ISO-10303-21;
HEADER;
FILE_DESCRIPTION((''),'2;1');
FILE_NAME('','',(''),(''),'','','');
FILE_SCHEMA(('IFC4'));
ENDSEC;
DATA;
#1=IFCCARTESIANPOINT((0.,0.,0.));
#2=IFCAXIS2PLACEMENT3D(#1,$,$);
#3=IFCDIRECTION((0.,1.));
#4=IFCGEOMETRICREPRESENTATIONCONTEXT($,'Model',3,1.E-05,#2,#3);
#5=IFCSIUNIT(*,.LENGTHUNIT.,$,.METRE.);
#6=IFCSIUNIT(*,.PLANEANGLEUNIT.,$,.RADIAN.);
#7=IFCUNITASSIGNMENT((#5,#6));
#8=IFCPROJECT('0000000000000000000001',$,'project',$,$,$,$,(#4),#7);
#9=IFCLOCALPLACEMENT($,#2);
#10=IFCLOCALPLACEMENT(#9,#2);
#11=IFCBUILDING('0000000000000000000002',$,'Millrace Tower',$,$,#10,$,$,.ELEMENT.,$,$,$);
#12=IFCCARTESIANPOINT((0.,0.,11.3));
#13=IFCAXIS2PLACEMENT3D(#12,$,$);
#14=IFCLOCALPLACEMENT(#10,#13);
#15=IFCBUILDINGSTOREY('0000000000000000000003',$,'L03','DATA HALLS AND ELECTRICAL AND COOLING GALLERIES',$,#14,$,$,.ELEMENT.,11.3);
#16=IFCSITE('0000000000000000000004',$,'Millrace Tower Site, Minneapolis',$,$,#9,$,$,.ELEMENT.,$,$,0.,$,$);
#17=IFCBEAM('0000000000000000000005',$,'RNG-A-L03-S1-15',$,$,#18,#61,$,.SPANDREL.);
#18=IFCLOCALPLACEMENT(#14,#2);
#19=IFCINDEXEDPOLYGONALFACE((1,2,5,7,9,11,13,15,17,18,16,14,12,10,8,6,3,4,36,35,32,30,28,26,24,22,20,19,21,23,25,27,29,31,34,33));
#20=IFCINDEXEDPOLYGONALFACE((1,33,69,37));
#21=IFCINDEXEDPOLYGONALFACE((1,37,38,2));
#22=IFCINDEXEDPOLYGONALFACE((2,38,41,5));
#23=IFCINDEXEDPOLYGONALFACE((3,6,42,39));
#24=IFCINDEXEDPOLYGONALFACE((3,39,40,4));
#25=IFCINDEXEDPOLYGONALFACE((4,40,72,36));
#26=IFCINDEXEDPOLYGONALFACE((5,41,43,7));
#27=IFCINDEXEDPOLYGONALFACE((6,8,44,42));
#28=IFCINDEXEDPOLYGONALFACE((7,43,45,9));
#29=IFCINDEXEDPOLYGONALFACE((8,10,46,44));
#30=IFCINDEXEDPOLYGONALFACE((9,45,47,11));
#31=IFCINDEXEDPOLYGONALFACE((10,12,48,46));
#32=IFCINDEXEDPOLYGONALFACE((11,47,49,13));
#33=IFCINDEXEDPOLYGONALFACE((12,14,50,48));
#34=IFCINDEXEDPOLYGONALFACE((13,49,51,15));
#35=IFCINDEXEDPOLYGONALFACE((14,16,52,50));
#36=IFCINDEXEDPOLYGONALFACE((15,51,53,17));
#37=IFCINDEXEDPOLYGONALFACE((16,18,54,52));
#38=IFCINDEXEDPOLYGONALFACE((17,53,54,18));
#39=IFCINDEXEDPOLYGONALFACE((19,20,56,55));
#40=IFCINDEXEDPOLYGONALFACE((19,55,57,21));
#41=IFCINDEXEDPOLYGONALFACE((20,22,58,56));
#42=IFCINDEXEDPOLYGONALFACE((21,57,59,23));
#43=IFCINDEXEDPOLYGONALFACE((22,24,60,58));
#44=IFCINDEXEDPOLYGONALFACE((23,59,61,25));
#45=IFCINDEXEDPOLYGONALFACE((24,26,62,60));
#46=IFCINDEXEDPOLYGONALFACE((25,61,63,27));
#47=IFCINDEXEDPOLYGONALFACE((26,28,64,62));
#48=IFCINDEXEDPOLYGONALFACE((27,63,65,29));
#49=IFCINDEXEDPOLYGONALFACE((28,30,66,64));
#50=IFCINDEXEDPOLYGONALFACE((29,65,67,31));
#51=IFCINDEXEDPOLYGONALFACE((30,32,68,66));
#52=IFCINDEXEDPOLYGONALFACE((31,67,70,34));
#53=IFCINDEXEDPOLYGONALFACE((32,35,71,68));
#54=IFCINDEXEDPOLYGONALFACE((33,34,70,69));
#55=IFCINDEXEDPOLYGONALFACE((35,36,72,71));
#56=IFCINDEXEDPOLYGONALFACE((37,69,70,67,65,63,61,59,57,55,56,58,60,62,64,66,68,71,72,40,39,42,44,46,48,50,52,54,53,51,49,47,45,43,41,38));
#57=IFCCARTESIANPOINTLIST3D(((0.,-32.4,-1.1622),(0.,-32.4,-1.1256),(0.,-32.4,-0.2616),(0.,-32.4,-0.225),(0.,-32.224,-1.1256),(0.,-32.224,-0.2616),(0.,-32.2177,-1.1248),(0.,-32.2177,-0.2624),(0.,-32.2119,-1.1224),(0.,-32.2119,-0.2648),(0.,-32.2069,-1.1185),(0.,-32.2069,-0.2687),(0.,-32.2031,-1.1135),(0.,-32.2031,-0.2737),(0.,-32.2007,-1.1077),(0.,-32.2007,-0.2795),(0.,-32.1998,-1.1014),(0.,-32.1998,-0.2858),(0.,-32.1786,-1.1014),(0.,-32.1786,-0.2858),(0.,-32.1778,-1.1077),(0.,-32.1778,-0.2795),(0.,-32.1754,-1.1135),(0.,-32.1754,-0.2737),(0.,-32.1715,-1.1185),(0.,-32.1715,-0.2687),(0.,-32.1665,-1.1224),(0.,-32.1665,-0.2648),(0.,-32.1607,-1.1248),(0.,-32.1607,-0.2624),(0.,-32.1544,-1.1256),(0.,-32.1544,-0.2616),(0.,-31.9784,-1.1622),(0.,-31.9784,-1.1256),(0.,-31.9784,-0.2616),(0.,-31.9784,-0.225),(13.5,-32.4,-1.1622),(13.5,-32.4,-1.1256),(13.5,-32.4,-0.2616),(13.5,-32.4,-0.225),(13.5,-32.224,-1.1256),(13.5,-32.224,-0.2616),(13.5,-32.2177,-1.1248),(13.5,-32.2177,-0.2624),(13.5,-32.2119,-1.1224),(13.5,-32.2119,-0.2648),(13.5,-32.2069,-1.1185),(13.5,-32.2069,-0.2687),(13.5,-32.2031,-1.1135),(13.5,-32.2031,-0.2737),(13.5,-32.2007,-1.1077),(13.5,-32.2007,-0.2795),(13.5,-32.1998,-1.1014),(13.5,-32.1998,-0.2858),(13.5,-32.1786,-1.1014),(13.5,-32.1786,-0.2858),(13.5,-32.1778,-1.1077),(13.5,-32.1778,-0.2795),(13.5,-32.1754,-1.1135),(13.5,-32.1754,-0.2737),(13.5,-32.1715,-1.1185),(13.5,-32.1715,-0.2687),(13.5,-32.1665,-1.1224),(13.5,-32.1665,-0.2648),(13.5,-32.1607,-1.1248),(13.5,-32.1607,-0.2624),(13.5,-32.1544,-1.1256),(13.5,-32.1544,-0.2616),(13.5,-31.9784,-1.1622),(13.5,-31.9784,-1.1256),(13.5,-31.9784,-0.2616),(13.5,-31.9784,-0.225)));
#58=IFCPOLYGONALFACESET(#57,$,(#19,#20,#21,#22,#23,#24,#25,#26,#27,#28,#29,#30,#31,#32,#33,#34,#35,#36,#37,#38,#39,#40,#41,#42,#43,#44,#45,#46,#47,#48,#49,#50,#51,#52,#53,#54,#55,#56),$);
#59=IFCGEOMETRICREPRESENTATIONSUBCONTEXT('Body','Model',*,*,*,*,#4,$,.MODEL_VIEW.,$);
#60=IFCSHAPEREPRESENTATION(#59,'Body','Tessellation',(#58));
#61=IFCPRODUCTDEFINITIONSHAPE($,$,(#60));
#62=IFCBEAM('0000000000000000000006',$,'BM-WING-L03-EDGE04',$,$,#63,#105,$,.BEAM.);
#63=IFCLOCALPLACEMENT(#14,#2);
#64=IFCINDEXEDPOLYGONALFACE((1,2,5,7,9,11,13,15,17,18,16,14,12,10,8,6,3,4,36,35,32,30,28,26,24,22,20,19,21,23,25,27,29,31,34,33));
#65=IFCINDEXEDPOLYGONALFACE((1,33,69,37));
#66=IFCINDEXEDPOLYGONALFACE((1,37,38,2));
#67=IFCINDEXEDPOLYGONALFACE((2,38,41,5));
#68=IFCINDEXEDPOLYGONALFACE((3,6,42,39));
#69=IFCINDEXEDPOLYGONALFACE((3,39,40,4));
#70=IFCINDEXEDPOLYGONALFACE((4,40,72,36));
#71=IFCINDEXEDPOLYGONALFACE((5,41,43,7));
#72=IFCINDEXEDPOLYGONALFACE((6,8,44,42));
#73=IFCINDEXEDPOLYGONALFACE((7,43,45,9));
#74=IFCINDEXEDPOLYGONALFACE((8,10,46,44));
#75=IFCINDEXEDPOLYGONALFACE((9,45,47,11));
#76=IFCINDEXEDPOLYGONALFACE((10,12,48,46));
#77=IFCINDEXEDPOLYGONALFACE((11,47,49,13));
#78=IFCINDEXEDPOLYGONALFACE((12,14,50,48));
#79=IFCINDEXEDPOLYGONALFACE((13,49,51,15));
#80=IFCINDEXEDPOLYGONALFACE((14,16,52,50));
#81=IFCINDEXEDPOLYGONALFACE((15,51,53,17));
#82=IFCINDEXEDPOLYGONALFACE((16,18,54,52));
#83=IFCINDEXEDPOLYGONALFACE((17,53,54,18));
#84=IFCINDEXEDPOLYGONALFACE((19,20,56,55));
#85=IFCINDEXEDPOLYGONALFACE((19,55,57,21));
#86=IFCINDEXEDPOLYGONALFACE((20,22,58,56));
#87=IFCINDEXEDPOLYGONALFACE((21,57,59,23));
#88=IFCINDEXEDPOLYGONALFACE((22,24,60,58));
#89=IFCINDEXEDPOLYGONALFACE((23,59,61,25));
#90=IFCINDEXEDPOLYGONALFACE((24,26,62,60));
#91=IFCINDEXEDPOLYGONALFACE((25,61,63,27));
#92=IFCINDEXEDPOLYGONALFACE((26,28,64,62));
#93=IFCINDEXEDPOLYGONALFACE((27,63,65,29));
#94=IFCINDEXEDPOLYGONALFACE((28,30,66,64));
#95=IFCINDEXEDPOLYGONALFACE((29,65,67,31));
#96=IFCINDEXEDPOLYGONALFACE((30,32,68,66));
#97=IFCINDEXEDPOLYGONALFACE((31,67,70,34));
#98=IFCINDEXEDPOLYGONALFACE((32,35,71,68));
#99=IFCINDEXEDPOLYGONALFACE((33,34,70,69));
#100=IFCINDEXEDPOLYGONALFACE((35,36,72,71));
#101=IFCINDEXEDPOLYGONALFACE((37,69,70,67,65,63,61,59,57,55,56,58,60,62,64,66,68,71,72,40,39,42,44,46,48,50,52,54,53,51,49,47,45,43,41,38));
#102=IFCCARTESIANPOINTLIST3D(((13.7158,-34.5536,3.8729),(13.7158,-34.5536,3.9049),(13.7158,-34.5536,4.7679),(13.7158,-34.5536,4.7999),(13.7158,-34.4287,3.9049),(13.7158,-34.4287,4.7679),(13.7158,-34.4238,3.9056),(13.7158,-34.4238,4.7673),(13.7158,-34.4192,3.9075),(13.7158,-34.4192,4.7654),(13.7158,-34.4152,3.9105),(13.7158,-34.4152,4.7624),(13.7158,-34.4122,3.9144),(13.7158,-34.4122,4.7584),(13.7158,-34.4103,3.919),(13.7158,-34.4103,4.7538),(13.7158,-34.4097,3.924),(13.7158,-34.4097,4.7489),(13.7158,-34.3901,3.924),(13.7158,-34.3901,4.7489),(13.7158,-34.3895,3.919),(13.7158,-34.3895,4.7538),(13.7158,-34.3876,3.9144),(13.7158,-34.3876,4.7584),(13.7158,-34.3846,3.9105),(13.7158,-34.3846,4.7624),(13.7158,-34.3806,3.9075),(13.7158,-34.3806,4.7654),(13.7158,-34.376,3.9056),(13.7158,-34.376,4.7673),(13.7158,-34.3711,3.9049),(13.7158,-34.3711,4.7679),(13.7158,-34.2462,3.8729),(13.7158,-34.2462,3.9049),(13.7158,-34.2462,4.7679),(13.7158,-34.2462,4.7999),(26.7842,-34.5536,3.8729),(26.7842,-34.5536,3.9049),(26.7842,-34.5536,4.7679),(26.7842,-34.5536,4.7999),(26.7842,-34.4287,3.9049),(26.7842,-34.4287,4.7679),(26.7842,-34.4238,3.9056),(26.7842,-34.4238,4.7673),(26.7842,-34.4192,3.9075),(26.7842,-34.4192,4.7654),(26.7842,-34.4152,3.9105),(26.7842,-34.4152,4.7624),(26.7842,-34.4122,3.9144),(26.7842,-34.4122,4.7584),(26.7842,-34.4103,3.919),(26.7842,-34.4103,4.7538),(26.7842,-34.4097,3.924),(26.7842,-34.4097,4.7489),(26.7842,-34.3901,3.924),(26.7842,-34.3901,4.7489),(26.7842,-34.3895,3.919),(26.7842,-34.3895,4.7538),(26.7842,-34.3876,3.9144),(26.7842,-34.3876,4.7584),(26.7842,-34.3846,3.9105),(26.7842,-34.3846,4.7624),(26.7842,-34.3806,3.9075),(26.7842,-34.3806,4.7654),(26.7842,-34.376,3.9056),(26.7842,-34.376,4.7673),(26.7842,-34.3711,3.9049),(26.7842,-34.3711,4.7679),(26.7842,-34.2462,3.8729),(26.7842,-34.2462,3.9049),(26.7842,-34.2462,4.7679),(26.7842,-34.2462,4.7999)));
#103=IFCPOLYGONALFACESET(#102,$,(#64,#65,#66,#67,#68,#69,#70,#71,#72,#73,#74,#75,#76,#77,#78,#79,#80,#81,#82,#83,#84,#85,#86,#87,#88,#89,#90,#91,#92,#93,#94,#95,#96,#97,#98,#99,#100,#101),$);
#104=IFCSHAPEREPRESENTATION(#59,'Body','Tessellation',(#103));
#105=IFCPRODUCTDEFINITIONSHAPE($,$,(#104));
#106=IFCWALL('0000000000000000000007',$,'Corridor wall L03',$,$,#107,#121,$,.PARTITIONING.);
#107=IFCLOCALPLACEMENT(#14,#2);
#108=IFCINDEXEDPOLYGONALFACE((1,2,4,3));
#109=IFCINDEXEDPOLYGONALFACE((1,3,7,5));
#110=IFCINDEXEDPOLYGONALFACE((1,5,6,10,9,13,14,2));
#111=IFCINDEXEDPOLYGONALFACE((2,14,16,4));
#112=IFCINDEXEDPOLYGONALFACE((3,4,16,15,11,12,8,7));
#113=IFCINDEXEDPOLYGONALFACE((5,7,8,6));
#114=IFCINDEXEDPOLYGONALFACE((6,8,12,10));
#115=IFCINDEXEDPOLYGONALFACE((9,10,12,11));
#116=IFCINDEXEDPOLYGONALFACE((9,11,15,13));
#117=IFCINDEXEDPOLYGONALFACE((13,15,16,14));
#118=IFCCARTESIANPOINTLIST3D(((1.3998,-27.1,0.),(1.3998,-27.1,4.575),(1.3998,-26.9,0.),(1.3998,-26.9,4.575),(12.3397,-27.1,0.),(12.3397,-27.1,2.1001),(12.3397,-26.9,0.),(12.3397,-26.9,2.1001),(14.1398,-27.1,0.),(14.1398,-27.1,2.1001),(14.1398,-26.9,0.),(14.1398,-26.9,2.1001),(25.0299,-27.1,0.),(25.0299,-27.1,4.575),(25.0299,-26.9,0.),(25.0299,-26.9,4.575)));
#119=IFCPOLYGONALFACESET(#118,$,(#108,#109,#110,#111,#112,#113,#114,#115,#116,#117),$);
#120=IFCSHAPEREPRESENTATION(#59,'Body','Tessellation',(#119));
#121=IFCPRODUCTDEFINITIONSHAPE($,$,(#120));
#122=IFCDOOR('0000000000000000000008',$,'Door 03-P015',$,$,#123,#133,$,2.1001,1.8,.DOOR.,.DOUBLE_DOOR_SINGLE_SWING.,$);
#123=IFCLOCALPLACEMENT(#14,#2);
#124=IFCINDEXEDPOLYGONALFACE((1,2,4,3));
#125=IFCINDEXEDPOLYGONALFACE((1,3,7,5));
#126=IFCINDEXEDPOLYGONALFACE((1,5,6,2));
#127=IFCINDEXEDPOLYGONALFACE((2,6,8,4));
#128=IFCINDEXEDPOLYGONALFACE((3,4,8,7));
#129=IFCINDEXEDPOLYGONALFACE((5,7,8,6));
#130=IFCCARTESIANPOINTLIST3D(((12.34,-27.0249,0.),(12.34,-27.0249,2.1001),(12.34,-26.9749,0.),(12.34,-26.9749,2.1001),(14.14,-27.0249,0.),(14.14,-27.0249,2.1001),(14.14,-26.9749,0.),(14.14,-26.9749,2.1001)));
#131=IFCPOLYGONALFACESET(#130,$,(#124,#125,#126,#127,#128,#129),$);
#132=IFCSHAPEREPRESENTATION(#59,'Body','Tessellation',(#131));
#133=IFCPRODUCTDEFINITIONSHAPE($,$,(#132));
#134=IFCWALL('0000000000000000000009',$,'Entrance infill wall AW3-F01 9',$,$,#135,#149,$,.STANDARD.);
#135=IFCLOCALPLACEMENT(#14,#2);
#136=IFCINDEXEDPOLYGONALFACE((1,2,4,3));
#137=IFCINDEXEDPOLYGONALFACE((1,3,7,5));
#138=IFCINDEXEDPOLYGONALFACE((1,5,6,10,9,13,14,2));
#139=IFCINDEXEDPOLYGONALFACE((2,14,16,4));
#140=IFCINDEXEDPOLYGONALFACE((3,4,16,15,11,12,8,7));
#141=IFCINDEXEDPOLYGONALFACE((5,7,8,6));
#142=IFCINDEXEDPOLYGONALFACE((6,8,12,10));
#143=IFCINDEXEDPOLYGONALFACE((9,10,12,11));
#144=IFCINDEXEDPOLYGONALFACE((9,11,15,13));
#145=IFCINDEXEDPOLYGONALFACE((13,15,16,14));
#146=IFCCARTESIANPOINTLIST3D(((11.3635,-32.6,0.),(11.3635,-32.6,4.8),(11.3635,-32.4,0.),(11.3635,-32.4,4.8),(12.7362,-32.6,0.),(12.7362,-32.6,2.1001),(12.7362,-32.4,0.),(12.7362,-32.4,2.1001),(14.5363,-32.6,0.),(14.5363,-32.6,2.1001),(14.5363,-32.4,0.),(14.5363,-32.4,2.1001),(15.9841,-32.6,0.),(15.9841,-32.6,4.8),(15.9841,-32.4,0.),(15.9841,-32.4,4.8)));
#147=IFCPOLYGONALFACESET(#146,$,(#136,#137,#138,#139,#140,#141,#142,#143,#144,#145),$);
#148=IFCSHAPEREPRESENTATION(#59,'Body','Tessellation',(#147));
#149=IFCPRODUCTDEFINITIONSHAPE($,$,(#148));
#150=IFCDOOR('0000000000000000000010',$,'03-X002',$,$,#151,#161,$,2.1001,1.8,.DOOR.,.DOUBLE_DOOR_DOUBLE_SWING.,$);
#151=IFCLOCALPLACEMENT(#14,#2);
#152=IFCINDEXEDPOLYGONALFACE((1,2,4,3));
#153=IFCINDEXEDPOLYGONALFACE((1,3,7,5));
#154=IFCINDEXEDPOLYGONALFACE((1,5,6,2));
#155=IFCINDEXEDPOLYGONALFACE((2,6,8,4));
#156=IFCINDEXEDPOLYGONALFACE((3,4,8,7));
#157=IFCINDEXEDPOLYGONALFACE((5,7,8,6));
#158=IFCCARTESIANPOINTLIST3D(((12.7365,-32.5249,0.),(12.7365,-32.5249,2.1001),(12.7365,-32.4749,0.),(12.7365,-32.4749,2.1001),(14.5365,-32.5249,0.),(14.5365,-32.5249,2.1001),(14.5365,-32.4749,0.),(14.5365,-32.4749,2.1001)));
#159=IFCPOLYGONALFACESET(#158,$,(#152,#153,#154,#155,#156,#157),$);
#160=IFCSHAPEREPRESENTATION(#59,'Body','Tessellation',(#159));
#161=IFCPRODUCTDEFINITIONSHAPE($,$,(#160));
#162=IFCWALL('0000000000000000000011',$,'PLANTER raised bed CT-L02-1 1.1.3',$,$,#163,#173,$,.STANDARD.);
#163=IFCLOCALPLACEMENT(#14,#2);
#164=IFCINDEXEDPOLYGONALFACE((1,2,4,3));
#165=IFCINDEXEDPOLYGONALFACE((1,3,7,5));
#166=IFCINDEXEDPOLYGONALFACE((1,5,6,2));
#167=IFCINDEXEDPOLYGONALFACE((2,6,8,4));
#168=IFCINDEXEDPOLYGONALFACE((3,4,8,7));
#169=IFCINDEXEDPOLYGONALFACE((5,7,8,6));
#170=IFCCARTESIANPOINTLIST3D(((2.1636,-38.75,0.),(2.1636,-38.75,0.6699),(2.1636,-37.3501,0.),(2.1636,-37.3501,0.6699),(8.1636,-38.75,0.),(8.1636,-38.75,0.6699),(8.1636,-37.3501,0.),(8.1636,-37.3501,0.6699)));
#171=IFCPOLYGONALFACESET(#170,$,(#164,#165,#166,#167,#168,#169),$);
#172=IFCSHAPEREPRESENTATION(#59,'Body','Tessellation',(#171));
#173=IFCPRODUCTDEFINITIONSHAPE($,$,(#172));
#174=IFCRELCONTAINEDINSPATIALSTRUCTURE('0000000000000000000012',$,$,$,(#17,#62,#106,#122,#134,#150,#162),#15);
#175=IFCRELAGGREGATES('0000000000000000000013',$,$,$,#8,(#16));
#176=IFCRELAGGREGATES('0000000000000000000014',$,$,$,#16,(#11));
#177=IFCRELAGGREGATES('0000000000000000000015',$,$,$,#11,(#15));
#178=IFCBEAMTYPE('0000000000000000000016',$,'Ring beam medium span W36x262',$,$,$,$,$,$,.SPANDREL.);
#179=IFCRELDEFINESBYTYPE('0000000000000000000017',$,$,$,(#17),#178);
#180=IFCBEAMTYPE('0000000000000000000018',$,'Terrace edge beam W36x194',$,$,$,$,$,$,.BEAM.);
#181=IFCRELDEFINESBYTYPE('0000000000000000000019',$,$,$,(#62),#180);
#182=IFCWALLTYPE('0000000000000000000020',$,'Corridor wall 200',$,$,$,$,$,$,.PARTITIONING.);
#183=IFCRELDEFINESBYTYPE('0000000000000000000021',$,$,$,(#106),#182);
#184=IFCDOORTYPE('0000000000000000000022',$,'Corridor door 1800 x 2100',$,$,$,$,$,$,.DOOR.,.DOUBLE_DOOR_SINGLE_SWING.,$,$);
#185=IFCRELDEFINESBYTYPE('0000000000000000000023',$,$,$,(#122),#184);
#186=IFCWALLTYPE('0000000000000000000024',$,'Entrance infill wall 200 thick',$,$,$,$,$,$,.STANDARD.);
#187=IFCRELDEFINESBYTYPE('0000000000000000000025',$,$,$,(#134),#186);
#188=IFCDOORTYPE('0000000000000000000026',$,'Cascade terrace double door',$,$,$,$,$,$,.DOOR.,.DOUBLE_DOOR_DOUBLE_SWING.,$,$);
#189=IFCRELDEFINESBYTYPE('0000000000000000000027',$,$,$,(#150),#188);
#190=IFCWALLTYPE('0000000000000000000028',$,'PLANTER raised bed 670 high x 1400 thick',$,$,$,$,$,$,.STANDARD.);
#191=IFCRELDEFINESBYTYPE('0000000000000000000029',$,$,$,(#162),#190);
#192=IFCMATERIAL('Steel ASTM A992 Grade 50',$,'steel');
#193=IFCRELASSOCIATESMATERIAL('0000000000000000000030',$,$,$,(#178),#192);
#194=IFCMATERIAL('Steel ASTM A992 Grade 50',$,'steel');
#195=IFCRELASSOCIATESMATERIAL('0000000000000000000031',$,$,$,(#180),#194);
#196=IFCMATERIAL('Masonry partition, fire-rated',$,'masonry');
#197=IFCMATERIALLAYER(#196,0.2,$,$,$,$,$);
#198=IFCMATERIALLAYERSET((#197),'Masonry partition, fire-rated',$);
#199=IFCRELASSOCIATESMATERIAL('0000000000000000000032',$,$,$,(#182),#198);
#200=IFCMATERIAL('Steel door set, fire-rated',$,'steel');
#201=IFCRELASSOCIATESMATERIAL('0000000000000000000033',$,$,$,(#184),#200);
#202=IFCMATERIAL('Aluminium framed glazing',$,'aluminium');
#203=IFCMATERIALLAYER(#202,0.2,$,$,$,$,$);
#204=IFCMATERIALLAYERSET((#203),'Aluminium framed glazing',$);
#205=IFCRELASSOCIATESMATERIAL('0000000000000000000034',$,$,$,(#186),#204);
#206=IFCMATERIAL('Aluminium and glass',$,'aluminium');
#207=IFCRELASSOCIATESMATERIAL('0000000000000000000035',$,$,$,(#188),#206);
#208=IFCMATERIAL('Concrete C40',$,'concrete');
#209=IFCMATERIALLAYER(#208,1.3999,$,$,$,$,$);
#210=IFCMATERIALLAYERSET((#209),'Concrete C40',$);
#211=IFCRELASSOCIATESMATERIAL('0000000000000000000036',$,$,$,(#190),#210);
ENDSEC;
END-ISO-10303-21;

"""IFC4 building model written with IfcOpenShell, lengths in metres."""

from ifc_helpers import new_model, si_unit, direction, frame, frame_2d, origin, origin_2d, place, context, subcontext, project, spatial, rectangle, i_section, extrude, material, layer, layer_set, material_profile, profile_set, type_object, element, fill, save


model = new_model("IFC4")

# Units and contexts
model_context = context("Model", 3, precision=1e-05, world=origin(), true_north=direction((0.0, 1.0)))
body_context = subcontext(model_context, "Body", "Model", "MODEL_VIEW")
ifc_project = project(units=[si_unit("LENGTHUNIT", "METRE"), si_unit("PLANEANGLEUNIT", "RADIAN")], contexts=[model_context])

# Site, building, storey
site_placement = place(None, origin())
site = spatial("IfcSite", under=ifc_project, at=site_placement, Name="Millrace Tower Site, Minneapolis", CompositionType="ELEMENT", RefElevation=0.0)
building_placement = place(site_placement, origin())
building = spatial("IfcBuilding", under=site, at=building_placement, Name="Millrace Tower", CompositionType="ELEMENT")
storey_placement = place(building_placement, frame((0.0, 0.0, 11.3)))
storey = spatial("IfcBuildingStorey", under=building, at=storey_placement, Name="L03", Description="DATA HALLS AND ELECTRICAL AND COOLING GALLERIES", CompositionType="ELEMENT", Elevation=11.3)

# Beams
ifc_material_1 = material(Name="Steel ASTM A992 Grade 50", Category="steel")
ifc_material_profile_1 = material_profile(ifc_material_1, i_section(OverallWidth=0.4216, OverallDepth=0.9373, WebThickness=0.0212, FlangeThickness=0.0366, FilletRadius=0.0242, at=origin_2d()))
ifc_profile_set_1 = profile_set([ifc_material_profile_1], Name="Steel ASTM A992 Grade 50")
beam_type_1 = type_object("IfcBeamType", Name="Ring beam medium span W36x262", PredefinedType="SPANDREL", material=ifc_profile_set_1)
beam_1_placement = place(storey_placement, frame((13.5, -32.1892, -0.6936), z_axis=(-1.0, 0.0, 0.0), x_axis=(0.0, -1.0, 0.0)))
element("IfcBeam", 1, at=beam_1_placement, inside=storey, type_object=beam_type_1, Name="RNG-A-L03-S1-15", PredefinedType="SPANDREL", context=body_context, shape_type="SweptSolid", body=[
    extrude(i_section(OverallWidth=0.4216, OverallDepth=0.9373, WebThickness=0.0212, FlangeThickness=0.0366, FilletRadius=0.0242, at=origin_2d()), origin(), (0.0, 0.0, 1.0), 13.5),
])
ifc_material_2 = material(Name="Steel ASTM A992 Grade 50", Category="steel")
ifc_material_profile_2 = material_profile(ifc_material_2, i_section(OverallWidth=0.3074, OverallDepth=0.927, WebThickness=0.0195, FlangeThickness=0.032, FilletRadius=0.019, at=origin_2d()))
ifc_profile_set_2 = profile_set([ifc_material_profile_2], Name="Steel ASTM A992 Grade 50")
beam_type_2 = type_object("IfcBeamType", Name="Terrace edge beam W36x194", PredefinedType="BEAM", material=ifc_profile_set_2)
beam_2_placement = place(storey_placement, frame((13.7158, -34.3999, 4.3364), z_axis=(1.0, 0.0, 0.0), x_axis=(0.0, 1.0, 0.0)))
element("IfcBeam", 2, at=beam_2_placement, inside=storey, type_object=beam_type_2, Name="BM-WING-L03-EDGE04", PredefinedType="BEAM", context=body_context, shape_type="SweptSolid", body=[
    extrude(i_section(OverallWidth=0.3074, OverallDepth=0.927, WebThickness=0.0195, FlangeThickness=0.032, FilletRadius=0.019, at=origin_2d()), origin(), (0.0, 0.0, 1.0), 13.0684),
])

# Walls, openings, doors
ifc_material_3 = material(Name="Masonry partition, fire-rated", Category="masonry")
ifc_layer_1 = layer(ifc_material_3, 0.2)
ifc_layer_set_1 = layer_set([ifc_layer_1], Name="Masonry partition, fire-rated")
wall_type_1 = type_object("IfcWallType", Name="Corridor wall 200", PredefinedType="PARTITIONING", material=ifc_layer_set_1)
wall_1_placement = place(storey_placement, frame((1.3999, -27.0, 0.0), z_axis=(0.0, 0.0, 1.0), x_axis=(1.0, 0.0, 0.0)))
wall_1 = element("IfcWall", 3, at=wall_1_placement, inside=storey, type_object=wall_type_1, Name="Corridor wall L03", PredefinedType="PARTITIONING", context=body_context, shape_type="SweptSolid", body=[
    extrude(rectangle(XDim=23.6301, YDim=0.2, at=frame_2d((11.8149, 0.0))), origin(), (0.0, 0.0, 1.0), 4.575),
])
opening_1_placement = place(wall_1_placement, frame((10.9399, 0.0, 0.0)))
opening_1 = element("IfcOpeningElement", 4, at=opening_1_placement, cuts=wall_1, PredefinedType="OPENING", context=body_context, shape_type="SweptSolid", body=[
    extrude(rectangle(XDim=1.8, YDim=2.1001, at=frame_2d((0.8999, 1.05))), frame((0.0, 0.1099, 0.0), z_axis=(0.0, -1.0, 0.0), x_axis=(1.0, 0.0, 0.0)), (0.0, 0.0, 1.0), 0.22),
])
ifc_material_4 = material(Name="Steel door set, fire-rated", Category="steel")
door_type_1 = type_object("IfcDoorType", Name="Corridor door 1800 x 2100", OperationType="DOUBLE_DOOR_SINGLE_SWING", PredefinedType="DOOR", material=ifc_material_4)
door_1_placement = place(opening_1_placement, frame((1.8, 0.0, 0.0), z_axis=(0.0, 0.0, 1.0), x_axis=(-1.0, 0.0, 0.0)))
door_1 = element("IfcDoor", 5, at=door_1_placement, inside=storey, type_object=door_type_1, Name="Door 03-P015", OperationType="DOUBLE_DOOR_SINGLE_SWING", OverallHeight=2.1001, OverallWidth=1.8, PredefinedType="DOOR", context=body_context, shape_type="SweptSolid", body=[
    extrude(rectangle(XDim=1.8, YDim=2.1001, at=frame_2d((0.8999, 1.05))), frame((0.0, 0.0249, 0.0), z_axis=(0.0, -1.0, 0.0), x_axis=(1.0, 0.0, 0.0)), (0.0, 0.0, 1.0), 0.05),
])
fill(opening_1, door_1)
ifc_material_5 = material(Name="Aluminium framed glazing", Category="aluminium")
ifc_layer_2 = layer(ifc_material_5, 0.2)
ifc_layer_set_2 = layer_set([ifc_layer_2], Name="Aluminium framed glazing")
wall_type_2 = type_object("IfcWallType", Name="Entrance infill wall 200 thick", PredefinedType="STANDARD", material=ifc_layer_set_2)
wall_2_placement = place(storey_placement, frame((11.3635, -32.5, 0.0), z_axis=(0.0, 0.0, 1.0), x_axis=(1.0, 0.0, 0.0)))
wall_2 = element("IfcWall", 6, at=wall_2_placement, inside=storey, type_object=wall_type_2, Name="Entrance infill wall AW3-F01 9", PredefinedType="STANDARD", context=body_context, shape_type="SweptSolid", body=[
    extrude(rectangle(XDim=4.6206, YDim=0.2, at=frame_2d((2.3103, 0.0))), origin(), (0.0, 0.0, 1.0), 4.8),
])
opening_2_placement = place(wall_2_placement, frame((1.3728, 0.0, 0.0)))
opening_2 = element("IfcOpeningElement", 7, at=opening_2_placement, cuts=wall_2, PredefinedType="OPENING", context=body_context, shape_type="SweptSolid", body=[
    extrude(rectangle(XDim=1.8, YDim=2.1001, at=frame_2d((0.8999, 1.05))), frame((0.0, 0.1099, 0.0), z_axis=(0.0, -1.0, 0.0), x_axis=(1.0, 0.0, 0.0)), (0.0, 0.0, 1.0), 0.22),
])
ifc_material_6 = material(Name="Aluminium and glass", Category="aluminium")
door_type_2 = type_object("IfcDoorType", Name="Cascade terrace double door", OperationType="DOUBLE_DOOR_DOUBLE_SWING", PredefinedType="DOOR", material=ifc_material_6)
door_2_placement = place(opening_2_placement, frame((1.8, 0.0, 0.0), z_axis=(0.0, 0.0, 1.0), x_axis=(-1.0, 0.0, 0.0)))
door_2 = element("IfcDoor", 8, at=door_2_placement, inside=storey, type_object=door_type_2, Name="03-X002", OperationType="DOUBLE_DOOR_DOUBLE_SWING", OverallHeight=2.1001, OverallWidth=1.8, PredefinedType="DOOR", context=body_context, shape_type="SweptSolid", body=[
    extrude(rectangle(XDim=1.8, YDim=2.1001, at=frame_2d((0.8999, 1.05))), frame((0.0, 0.0249, 0.0), z_axis=(0.0, -1.0, 0.0), x_axis=(1.0, 0.0, 0.0)), (0.0, 0.0, 1.0), 0.05),
])
fill(opening_2, door_2)

# Wall
ifc_material_7 = material(Name="Concrete C40", Category="concrete")
ifc_layer_3 = layer(ifc_material_7, 1.3999)
ifc_layer_set_3 = layer_set([ifc_layer_3], Name="Concrete C40")
wall_type_3 = type_object("IfcWallType", Name="PLANTER raised bed 670 high x 1400 thick", PredefinedType="STANDARD", material=ifc_layer_set_3)
wall_3_placement = place(storey_placement, frame((2.1636, -38.05, 0.0), z_axis=(0.0, 0.0, 1.0), x_axis=(1.0, 0.0, 0.0)))
element("IfcWall", 9, at=wall_3_placement, inside=storey, type_object=wall_type_3, Name="PLANTER raised bed CT-L02-1 1.1.3", PredefinedType="STANDARD", context=body_context, shape_type="SweptSolid", body=[
    extrude(rectangle(XDim=6.0, YDim=1.3999, at=frame_2d((3.0, 0.0))), origin(), (0.0, 0.0, 1.0), 0.6699),
])

save(model, "model.ifc")
